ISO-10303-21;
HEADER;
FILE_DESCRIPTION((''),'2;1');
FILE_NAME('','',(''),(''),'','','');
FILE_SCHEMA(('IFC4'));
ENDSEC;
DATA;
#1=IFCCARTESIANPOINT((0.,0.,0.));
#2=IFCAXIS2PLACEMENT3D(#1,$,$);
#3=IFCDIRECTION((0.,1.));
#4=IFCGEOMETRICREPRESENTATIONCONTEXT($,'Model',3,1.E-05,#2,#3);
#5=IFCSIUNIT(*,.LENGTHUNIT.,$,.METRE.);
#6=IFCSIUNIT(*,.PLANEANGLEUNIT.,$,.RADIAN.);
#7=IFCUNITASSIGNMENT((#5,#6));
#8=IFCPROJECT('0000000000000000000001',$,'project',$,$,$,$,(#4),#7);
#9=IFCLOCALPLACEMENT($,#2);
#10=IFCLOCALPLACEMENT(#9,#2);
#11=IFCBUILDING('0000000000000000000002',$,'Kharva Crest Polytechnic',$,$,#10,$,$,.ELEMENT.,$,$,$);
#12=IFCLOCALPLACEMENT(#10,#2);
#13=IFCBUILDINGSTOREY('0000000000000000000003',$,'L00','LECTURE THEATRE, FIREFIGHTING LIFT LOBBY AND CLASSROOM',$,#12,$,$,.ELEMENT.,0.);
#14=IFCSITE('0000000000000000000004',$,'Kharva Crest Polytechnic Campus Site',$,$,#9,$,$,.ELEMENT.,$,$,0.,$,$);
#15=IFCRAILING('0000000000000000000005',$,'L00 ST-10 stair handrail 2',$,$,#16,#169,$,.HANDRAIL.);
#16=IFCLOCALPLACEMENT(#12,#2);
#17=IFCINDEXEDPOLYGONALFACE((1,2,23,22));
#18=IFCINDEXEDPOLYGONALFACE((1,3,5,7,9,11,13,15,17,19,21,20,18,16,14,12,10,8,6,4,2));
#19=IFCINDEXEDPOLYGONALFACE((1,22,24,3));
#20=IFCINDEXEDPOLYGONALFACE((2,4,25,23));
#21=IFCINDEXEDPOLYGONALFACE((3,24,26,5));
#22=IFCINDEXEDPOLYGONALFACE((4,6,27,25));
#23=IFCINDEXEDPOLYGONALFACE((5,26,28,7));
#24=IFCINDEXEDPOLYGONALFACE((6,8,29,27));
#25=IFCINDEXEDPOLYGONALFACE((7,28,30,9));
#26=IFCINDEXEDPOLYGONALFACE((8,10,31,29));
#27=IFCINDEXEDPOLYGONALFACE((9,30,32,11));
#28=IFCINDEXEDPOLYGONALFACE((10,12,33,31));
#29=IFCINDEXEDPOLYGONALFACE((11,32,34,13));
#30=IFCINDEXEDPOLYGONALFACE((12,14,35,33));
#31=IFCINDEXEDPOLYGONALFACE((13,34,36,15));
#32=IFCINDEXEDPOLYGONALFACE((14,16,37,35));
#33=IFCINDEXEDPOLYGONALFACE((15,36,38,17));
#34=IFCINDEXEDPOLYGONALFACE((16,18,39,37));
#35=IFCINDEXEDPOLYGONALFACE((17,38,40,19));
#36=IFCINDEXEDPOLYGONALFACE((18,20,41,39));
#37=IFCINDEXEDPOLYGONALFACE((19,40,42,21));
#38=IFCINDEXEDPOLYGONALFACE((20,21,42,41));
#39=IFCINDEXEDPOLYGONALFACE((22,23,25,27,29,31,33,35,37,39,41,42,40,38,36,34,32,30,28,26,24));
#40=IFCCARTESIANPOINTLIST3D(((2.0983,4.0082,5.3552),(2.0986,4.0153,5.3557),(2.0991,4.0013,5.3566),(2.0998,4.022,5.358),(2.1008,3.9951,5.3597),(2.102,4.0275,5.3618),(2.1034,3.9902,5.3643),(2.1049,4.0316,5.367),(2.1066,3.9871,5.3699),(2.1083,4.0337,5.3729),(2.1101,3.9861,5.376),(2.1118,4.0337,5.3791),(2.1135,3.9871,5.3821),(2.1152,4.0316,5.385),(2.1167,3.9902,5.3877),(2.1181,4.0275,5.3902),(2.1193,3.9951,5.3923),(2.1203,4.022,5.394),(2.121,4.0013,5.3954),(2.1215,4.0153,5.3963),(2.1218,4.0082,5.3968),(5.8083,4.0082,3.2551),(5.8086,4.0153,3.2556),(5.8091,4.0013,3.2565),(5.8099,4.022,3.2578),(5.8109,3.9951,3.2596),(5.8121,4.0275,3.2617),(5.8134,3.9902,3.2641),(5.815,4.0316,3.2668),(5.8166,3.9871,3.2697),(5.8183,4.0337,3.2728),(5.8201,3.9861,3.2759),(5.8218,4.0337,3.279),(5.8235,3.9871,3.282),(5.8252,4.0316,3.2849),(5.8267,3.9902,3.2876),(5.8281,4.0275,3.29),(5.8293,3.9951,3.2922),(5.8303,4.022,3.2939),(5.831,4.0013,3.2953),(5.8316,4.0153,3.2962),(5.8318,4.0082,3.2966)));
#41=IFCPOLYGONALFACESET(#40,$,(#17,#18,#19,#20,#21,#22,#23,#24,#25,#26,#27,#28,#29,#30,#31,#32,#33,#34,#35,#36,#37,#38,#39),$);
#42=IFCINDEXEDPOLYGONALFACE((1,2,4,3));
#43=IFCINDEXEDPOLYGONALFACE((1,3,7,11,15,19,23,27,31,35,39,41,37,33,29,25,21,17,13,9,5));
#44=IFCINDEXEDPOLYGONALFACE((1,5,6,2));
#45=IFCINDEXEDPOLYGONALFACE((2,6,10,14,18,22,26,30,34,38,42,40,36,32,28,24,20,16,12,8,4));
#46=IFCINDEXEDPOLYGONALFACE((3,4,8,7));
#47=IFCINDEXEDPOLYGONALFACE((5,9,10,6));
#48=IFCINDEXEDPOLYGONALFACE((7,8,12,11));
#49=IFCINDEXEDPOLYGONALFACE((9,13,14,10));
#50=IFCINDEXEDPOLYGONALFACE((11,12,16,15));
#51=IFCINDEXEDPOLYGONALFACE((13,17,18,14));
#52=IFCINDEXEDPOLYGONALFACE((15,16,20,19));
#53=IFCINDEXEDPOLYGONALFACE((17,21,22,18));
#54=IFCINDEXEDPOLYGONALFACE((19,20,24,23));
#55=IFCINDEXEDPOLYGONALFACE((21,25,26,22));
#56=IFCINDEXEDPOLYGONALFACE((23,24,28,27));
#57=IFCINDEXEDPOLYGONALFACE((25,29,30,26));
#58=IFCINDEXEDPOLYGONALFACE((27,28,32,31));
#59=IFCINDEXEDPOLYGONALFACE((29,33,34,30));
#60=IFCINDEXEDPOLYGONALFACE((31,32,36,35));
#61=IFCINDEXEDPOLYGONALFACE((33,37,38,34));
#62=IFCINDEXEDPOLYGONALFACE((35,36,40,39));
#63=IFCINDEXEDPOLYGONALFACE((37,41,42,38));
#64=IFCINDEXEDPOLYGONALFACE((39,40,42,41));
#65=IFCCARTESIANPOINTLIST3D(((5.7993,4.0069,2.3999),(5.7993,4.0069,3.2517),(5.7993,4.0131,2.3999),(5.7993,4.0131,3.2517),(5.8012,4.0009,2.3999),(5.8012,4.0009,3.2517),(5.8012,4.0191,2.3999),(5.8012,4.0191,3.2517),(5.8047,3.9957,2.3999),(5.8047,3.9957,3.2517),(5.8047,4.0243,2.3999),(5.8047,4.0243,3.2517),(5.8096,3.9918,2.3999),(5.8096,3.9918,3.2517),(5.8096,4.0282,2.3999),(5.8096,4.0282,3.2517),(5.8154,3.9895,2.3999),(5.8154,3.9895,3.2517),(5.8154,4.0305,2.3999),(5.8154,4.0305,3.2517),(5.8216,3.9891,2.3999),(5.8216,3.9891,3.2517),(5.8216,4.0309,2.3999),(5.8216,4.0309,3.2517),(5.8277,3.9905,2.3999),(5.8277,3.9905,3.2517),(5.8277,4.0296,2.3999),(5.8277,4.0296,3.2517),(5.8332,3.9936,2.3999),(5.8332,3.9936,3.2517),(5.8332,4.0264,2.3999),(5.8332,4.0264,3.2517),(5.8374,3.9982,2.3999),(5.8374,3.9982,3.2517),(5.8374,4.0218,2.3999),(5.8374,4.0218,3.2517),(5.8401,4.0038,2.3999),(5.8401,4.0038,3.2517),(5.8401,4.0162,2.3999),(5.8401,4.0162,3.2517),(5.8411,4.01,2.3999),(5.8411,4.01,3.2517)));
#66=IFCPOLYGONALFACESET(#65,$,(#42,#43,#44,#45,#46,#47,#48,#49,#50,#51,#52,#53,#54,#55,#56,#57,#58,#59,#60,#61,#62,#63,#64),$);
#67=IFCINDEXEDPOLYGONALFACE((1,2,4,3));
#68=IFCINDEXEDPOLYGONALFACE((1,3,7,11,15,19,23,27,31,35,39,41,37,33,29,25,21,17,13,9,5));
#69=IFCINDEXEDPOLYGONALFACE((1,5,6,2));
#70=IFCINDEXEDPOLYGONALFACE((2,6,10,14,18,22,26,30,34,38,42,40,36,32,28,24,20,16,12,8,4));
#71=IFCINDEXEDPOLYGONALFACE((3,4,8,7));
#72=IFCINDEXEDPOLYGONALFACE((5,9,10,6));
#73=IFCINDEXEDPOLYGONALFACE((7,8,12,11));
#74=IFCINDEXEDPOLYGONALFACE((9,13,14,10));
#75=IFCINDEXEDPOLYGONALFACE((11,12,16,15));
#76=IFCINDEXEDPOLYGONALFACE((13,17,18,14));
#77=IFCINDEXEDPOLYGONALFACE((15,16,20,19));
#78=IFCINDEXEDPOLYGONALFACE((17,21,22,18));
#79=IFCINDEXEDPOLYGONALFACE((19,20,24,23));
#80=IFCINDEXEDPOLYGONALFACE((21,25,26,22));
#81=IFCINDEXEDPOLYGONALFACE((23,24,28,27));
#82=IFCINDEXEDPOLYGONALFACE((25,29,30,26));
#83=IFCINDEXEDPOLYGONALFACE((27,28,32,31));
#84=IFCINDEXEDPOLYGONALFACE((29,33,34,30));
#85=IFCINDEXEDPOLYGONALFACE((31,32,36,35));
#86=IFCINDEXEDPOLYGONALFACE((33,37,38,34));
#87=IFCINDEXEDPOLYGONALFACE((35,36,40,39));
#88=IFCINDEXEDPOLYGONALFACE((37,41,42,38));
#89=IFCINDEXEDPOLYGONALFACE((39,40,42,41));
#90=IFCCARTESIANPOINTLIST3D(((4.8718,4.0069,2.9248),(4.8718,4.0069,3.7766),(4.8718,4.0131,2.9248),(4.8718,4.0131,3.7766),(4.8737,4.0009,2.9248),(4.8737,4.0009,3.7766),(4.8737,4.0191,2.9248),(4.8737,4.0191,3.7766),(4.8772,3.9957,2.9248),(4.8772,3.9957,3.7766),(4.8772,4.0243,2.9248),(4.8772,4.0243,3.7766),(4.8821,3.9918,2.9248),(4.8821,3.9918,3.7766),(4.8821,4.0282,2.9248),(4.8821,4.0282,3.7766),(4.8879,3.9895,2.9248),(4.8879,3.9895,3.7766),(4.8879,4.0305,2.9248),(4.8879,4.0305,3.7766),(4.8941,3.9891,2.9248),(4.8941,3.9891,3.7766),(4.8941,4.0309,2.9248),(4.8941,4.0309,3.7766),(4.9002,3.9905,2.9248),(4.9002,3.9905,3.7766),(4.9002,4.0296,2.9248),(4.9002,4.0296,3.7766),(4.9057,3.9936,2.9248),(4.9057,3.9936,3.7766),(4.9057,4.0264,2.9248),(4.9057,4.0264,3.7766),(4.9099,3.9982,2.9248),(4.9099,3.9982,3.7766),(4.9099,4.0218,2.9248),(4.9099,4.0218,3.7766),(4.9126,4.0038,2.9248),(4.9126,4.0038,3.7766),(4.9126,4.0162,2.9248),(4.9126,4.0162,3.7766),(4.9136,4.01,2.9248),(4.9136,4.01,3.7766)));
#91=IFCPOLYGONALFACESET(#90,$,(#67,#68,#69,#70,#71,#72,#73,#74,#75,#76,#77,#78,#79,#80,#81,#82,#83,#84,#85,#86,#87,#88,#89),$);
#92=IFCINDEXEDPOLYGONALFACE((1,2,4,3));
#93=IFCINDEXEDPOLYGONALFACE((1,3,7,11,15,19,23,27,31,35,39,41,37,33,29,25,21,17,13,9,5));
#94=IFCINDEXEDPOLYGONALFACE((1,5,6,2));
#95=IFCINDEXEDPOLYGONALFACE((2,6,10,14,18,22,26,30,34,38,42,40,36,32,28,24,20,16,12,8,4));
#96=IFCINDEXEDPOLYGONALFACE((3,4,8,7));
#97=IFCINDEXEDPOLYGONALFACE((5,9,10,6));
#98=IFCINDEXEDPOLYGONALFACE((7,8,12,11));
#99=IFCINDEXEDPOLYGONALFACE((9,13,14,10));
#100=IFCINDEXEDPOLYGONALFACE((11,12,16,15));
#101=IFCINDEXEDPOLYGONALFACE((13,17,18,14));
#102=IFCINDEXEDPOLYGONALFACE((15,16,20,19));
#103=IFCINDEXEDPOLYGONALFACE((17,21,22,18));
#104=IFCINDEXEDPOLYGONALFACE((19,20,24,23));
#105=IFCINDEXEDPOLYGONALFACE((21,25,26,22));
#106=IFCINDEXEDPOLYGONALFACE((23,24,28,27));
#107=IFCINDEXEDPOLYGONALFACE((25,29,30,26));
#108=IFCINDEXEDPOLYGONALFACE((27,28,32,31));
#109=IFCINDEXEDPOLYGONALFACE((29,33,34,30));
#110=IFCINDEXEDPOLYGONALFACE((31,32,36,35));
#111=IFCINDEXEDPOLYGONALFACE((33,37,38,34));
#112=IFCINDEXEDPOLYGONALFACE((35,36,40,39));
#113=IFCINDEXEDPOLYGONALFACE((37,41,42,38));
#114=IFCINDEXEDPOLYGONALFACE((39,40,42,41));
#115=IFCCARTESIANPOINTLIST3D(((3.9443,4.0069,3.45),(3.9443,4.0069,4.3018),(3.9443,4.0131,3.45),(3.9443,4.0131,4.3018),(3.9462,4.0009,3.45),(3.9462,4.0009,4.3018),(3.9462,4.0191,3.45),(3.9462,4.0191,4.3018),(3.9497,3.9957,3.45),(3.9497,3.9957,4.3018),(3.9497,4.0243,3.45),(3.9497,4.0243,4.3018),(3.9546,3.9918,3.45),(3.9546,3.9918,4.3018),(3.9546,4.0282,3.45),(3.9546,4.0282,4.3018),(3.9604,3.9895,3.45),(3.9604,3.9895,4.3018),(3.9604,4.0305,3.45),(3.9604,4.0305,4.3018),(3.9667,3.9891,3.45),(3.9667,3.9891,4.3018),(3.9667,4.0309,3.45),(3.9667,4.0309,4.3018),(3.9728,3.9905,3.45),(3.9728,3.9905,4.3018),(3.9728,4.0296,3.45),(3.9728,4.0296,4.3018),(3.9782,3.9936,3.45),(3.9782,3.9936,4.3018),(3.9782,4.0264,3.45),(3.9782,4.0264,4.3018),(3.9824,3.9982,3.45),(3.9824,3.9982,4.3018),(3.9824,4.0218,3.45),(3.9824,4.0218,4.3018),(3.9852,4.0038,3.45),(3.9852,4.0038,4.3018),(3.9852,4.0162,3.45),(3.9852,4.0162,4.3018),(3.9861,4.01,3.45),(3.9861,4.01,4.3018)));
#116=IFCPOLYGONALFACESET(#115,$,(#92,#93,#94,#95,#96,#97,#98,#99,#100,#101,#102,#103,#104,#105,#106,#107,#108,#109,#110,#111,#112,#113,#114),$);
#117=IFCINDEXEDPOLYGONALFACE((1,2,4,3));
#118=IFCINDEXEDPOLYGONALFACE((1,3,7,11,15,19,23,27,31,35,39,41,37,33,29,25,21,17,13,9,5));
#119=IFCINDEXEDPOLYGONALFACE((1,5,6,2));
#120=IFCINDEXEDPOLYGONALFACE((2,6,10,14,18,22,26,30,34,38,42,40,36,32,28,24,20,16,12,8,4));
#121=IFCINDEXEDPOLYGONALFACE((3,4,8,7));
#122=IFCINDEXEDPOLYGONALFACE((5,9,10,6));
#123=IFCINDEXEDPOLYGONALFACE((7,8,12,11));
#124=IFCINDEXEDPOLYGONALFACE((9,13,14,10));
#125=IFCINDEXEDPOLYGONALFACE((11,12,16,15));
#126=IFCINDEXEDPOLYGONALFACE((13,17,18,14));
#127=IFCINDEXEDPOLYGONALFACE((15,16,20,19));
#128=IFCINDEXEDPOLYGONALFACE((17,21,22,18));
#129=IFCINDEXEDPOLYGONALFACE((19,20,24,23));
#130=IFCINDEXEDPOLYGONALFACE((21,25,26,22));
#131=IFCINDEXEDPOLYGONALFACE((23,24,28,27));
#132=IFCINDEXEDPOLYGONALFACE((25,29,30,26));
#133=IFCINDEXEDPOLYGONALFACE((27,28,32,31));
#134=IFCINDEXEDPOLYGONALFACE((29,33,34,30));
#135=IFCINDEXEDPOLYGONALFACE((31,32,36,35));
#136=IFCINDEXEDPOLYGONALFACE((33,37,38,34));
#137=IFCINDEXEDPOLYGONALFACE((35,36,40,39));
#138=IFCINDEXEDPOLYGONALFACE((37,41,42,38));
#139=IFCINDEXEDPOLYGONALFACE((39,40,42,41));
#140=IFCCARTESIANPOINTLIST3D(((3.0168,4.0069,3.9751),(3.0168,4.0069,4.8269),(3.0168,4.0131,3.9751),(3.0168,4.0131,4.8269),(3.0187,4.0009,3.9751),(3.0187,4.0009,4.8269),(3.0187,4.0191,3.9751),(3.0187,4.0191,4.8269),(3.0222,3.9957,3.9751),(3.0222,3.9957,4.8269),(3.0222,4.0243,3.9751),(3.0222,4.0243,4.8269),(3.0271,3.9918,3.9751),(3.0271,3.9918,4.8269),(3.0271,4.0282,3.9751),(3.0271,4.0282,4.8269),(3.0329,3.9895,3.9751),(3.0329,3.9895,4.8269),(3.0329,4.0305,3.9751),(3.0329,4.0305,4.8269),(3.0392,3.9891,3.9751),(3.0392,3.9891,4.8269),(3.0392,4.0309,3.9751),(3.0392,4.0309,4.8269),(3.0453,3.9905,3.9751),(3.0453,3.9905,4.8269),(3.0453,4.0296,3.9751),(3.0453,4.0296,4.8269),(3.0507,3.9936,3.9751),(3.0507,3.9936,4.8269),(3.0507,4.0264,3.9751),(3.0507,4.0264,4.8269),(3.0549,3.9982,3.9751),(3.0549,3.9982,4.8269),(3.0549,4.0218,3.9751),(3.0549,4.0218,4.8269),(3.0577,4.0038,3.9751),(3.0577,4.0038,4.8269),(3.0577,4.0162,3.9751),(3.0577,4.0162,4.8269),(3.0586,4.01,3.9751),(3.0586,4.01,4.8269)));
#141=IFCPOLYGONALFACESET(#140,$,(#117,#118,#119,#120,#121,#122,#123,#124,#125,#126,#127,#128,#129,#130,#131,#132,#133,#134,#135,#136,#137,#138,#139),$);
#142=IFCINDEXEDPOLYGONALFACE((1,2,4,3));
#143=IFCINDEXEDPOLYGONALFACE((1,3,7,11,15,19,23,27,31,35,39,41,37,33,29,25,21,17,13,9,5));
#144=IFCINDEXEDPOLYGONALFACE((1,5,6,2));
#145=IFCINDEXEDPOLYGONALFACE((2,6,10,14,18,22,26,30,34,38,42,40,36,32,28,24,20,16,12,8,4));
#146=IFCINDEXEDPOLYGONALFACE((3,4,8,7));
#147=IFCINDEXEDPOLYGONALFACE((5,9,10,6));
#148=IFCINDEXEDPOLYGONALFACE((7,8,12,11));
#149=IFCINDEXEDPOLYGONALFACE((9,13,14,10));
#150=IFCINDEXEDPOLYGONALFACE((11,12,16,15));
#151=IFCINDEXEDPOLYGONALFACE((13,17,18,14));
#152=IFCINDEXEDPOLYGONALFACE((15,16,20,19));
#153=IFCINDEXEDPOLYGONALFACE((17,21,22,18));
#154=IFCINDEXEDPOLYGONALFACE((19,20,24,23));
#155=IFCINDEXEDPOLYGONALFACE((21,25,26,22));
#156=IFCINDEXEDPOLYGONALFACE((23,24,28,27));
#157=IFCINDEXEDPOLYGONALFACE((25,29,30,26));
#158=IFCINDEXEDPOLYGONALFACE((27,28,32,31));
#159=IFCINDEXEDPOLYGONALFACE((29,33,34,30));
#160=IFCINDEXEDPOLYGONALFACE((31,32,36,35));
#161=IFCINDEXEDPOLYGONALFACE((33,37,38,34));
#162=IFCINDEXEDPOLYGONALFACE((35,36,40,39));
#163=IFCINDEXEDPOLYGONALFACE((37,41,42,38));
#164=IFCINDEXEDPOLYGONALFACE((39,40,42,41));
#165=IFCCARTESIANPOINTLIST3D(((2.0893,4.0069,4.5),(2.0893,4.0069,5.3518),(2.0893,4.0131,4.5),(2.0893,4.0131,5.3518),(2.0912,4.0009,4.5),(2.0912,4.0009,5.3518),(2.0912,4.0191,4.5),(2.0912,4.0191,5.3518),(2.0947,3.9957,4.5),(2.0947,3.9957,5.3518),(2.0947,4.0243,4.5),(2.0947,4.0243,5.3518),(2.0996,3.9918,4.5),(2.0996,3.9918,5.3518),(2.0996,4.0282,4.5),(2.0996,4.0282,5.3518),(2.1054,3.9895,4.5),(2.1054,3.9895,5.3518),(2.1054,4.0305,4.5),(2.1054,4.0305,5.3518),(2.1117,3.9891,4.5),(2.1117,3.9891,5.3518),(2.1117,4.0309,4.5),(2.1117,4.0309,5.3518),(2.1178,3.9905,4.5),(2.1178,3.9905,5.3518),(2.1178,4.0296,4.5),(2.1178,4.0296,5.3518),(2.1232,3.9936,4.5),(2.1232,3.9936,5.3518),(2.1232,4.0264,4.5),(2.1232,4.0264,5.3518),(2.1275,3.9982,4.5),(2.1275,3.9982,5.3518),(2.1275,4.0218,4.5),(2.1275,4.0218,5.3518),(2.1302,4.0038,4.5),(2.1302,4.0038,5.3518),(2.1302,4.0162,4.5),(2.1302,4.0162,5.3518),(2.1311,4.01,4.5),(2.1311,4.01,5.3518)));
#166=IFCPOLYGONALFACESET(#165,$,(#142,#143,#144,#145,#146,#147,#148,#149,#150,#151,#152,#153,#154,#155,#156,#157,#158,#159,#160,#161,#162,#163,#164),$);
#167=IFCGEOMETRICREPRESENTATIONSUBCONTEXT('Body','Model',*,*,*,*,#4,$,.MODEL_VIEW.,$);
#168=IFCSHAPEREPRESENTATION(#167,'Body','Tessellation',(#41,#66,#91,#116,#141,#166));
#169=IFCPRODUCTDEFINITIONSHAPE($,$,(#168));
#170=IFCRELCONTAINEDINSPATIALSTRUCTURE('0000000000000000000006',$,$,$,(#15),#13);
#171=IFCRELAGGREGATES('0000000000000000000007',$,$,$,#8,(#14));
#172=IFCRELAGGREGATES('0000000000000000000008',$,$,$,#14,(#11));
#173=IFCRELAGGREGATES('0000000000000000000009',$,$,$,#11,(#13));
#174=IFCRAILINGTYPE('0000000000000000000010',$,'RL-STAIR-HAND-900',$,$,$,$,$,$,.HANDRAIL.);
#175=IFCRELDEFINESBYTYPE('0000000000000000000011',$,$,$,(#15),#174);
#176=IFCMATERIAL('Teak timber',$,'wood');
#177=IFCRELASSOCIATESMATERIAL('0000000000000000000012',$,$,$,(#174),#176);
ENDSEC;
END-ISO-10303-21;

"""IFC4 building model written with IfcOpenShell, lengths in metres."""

from ifc_helpers import new_model, si_unit, direction, frame, origin, origin_2d, place, context, subcontext, project, spatial, circle, extrude, material, type_object, element, save


model = new_model("IFC4")

# Units and contexts
model_context = context("Model", 3, precision=1e-05, world=origin(), true_north=direction((0.0, 1.0)))
body_context = subcontext(model_context, "Body", "Model", "MODEL_VIEW")
ifc_project = project(units=[si_unit("LENGTHUNIT", "METRE"), si_unit("PLANEANGLEUNIT", "RADIAN")], contexts=[model_context])

# Site, building, storey
site_placement = place(None, origin())
site = spatial("IfcSite", under=ifc_project, at=site_placement, Name="Kharva Crest Polytechnic Campus Site", CompositionType="ELEMENT", RefElevation=0.0)
building_placement = place(site_placement, origin())
building = spatial("IfcBuilding", under=site, at=building_placement, Name="Kharva Crest Polytechnic", CompositionType="ELEMENT")
storey_placement = place(building_placement, origin())
storey = spatial("IfcBuildingStorey", under=building, at=storey_placement, Name="L00", Description="LECTURE THEATRE, FIREFIGHTING LIFT LOBBY AND CLASSROOM", CompositionType="ELEMENT", Elevation=0.0)

# Shared definitions
ifc_material_1 = material(Name="Teak timber", Category="wood")

# Railing
railing_type_1 = type_object("IfcRailingType", Name="RL-STAIR-HAND-900", PredefinedType="HANDRAIL", material=ifc_material_1)
railing_1_placement = place(storey_placement, frame((5.8201, 4.01, 2.3999)))
element("IfcRailing", 1, at=railing_1_placement, inside=storey, type_object=railing_type_1, Name="L00 ST-10 stair handrail 2", PredefinedType="HANDRAIL", context=body_context, shape_type="SweptSolid", body=[
    extrude(circle(Radius=0.0239, at=origin_2d()), frame((0.0, 0.0, 0.876), z_axis=(-0.870245, 0.0, 0.492619), x_axis=(0.0, -1.0, 0.0)), (0.0, 0.0, 1.0), 4.2632),
    extrude(circle(Radius=0.021, at=origin_2d()), origin(), (0.0, 0.0, 1.0), 0.8518),
    extrude(circle(Radius=0.021, at=origin_2d()), frame((-0.9275, 0.0, 0.5249)), (0.0, 0.0, 1.0), 0.8518),
    extrude(circle(Radius=0.021, at=origin_2d()), frame((-1.855, 0.0, 1.05)), (0.0, 0.0, 1.0), 0.8518),
    extrude(circle(Radius=0.021, at=origin_2d()), frame((-2.7825, 0.0, 1.5752)), (0.0, 0.0, 1.0), 0.8518),
    extrude(circle(Radius=0.021, at=origin_2d()), frame((-3.71, 0.0, 2.1001)), (0.0, 0.0, 1.0), 0.8518),
])

save(model, "model.ifc")
